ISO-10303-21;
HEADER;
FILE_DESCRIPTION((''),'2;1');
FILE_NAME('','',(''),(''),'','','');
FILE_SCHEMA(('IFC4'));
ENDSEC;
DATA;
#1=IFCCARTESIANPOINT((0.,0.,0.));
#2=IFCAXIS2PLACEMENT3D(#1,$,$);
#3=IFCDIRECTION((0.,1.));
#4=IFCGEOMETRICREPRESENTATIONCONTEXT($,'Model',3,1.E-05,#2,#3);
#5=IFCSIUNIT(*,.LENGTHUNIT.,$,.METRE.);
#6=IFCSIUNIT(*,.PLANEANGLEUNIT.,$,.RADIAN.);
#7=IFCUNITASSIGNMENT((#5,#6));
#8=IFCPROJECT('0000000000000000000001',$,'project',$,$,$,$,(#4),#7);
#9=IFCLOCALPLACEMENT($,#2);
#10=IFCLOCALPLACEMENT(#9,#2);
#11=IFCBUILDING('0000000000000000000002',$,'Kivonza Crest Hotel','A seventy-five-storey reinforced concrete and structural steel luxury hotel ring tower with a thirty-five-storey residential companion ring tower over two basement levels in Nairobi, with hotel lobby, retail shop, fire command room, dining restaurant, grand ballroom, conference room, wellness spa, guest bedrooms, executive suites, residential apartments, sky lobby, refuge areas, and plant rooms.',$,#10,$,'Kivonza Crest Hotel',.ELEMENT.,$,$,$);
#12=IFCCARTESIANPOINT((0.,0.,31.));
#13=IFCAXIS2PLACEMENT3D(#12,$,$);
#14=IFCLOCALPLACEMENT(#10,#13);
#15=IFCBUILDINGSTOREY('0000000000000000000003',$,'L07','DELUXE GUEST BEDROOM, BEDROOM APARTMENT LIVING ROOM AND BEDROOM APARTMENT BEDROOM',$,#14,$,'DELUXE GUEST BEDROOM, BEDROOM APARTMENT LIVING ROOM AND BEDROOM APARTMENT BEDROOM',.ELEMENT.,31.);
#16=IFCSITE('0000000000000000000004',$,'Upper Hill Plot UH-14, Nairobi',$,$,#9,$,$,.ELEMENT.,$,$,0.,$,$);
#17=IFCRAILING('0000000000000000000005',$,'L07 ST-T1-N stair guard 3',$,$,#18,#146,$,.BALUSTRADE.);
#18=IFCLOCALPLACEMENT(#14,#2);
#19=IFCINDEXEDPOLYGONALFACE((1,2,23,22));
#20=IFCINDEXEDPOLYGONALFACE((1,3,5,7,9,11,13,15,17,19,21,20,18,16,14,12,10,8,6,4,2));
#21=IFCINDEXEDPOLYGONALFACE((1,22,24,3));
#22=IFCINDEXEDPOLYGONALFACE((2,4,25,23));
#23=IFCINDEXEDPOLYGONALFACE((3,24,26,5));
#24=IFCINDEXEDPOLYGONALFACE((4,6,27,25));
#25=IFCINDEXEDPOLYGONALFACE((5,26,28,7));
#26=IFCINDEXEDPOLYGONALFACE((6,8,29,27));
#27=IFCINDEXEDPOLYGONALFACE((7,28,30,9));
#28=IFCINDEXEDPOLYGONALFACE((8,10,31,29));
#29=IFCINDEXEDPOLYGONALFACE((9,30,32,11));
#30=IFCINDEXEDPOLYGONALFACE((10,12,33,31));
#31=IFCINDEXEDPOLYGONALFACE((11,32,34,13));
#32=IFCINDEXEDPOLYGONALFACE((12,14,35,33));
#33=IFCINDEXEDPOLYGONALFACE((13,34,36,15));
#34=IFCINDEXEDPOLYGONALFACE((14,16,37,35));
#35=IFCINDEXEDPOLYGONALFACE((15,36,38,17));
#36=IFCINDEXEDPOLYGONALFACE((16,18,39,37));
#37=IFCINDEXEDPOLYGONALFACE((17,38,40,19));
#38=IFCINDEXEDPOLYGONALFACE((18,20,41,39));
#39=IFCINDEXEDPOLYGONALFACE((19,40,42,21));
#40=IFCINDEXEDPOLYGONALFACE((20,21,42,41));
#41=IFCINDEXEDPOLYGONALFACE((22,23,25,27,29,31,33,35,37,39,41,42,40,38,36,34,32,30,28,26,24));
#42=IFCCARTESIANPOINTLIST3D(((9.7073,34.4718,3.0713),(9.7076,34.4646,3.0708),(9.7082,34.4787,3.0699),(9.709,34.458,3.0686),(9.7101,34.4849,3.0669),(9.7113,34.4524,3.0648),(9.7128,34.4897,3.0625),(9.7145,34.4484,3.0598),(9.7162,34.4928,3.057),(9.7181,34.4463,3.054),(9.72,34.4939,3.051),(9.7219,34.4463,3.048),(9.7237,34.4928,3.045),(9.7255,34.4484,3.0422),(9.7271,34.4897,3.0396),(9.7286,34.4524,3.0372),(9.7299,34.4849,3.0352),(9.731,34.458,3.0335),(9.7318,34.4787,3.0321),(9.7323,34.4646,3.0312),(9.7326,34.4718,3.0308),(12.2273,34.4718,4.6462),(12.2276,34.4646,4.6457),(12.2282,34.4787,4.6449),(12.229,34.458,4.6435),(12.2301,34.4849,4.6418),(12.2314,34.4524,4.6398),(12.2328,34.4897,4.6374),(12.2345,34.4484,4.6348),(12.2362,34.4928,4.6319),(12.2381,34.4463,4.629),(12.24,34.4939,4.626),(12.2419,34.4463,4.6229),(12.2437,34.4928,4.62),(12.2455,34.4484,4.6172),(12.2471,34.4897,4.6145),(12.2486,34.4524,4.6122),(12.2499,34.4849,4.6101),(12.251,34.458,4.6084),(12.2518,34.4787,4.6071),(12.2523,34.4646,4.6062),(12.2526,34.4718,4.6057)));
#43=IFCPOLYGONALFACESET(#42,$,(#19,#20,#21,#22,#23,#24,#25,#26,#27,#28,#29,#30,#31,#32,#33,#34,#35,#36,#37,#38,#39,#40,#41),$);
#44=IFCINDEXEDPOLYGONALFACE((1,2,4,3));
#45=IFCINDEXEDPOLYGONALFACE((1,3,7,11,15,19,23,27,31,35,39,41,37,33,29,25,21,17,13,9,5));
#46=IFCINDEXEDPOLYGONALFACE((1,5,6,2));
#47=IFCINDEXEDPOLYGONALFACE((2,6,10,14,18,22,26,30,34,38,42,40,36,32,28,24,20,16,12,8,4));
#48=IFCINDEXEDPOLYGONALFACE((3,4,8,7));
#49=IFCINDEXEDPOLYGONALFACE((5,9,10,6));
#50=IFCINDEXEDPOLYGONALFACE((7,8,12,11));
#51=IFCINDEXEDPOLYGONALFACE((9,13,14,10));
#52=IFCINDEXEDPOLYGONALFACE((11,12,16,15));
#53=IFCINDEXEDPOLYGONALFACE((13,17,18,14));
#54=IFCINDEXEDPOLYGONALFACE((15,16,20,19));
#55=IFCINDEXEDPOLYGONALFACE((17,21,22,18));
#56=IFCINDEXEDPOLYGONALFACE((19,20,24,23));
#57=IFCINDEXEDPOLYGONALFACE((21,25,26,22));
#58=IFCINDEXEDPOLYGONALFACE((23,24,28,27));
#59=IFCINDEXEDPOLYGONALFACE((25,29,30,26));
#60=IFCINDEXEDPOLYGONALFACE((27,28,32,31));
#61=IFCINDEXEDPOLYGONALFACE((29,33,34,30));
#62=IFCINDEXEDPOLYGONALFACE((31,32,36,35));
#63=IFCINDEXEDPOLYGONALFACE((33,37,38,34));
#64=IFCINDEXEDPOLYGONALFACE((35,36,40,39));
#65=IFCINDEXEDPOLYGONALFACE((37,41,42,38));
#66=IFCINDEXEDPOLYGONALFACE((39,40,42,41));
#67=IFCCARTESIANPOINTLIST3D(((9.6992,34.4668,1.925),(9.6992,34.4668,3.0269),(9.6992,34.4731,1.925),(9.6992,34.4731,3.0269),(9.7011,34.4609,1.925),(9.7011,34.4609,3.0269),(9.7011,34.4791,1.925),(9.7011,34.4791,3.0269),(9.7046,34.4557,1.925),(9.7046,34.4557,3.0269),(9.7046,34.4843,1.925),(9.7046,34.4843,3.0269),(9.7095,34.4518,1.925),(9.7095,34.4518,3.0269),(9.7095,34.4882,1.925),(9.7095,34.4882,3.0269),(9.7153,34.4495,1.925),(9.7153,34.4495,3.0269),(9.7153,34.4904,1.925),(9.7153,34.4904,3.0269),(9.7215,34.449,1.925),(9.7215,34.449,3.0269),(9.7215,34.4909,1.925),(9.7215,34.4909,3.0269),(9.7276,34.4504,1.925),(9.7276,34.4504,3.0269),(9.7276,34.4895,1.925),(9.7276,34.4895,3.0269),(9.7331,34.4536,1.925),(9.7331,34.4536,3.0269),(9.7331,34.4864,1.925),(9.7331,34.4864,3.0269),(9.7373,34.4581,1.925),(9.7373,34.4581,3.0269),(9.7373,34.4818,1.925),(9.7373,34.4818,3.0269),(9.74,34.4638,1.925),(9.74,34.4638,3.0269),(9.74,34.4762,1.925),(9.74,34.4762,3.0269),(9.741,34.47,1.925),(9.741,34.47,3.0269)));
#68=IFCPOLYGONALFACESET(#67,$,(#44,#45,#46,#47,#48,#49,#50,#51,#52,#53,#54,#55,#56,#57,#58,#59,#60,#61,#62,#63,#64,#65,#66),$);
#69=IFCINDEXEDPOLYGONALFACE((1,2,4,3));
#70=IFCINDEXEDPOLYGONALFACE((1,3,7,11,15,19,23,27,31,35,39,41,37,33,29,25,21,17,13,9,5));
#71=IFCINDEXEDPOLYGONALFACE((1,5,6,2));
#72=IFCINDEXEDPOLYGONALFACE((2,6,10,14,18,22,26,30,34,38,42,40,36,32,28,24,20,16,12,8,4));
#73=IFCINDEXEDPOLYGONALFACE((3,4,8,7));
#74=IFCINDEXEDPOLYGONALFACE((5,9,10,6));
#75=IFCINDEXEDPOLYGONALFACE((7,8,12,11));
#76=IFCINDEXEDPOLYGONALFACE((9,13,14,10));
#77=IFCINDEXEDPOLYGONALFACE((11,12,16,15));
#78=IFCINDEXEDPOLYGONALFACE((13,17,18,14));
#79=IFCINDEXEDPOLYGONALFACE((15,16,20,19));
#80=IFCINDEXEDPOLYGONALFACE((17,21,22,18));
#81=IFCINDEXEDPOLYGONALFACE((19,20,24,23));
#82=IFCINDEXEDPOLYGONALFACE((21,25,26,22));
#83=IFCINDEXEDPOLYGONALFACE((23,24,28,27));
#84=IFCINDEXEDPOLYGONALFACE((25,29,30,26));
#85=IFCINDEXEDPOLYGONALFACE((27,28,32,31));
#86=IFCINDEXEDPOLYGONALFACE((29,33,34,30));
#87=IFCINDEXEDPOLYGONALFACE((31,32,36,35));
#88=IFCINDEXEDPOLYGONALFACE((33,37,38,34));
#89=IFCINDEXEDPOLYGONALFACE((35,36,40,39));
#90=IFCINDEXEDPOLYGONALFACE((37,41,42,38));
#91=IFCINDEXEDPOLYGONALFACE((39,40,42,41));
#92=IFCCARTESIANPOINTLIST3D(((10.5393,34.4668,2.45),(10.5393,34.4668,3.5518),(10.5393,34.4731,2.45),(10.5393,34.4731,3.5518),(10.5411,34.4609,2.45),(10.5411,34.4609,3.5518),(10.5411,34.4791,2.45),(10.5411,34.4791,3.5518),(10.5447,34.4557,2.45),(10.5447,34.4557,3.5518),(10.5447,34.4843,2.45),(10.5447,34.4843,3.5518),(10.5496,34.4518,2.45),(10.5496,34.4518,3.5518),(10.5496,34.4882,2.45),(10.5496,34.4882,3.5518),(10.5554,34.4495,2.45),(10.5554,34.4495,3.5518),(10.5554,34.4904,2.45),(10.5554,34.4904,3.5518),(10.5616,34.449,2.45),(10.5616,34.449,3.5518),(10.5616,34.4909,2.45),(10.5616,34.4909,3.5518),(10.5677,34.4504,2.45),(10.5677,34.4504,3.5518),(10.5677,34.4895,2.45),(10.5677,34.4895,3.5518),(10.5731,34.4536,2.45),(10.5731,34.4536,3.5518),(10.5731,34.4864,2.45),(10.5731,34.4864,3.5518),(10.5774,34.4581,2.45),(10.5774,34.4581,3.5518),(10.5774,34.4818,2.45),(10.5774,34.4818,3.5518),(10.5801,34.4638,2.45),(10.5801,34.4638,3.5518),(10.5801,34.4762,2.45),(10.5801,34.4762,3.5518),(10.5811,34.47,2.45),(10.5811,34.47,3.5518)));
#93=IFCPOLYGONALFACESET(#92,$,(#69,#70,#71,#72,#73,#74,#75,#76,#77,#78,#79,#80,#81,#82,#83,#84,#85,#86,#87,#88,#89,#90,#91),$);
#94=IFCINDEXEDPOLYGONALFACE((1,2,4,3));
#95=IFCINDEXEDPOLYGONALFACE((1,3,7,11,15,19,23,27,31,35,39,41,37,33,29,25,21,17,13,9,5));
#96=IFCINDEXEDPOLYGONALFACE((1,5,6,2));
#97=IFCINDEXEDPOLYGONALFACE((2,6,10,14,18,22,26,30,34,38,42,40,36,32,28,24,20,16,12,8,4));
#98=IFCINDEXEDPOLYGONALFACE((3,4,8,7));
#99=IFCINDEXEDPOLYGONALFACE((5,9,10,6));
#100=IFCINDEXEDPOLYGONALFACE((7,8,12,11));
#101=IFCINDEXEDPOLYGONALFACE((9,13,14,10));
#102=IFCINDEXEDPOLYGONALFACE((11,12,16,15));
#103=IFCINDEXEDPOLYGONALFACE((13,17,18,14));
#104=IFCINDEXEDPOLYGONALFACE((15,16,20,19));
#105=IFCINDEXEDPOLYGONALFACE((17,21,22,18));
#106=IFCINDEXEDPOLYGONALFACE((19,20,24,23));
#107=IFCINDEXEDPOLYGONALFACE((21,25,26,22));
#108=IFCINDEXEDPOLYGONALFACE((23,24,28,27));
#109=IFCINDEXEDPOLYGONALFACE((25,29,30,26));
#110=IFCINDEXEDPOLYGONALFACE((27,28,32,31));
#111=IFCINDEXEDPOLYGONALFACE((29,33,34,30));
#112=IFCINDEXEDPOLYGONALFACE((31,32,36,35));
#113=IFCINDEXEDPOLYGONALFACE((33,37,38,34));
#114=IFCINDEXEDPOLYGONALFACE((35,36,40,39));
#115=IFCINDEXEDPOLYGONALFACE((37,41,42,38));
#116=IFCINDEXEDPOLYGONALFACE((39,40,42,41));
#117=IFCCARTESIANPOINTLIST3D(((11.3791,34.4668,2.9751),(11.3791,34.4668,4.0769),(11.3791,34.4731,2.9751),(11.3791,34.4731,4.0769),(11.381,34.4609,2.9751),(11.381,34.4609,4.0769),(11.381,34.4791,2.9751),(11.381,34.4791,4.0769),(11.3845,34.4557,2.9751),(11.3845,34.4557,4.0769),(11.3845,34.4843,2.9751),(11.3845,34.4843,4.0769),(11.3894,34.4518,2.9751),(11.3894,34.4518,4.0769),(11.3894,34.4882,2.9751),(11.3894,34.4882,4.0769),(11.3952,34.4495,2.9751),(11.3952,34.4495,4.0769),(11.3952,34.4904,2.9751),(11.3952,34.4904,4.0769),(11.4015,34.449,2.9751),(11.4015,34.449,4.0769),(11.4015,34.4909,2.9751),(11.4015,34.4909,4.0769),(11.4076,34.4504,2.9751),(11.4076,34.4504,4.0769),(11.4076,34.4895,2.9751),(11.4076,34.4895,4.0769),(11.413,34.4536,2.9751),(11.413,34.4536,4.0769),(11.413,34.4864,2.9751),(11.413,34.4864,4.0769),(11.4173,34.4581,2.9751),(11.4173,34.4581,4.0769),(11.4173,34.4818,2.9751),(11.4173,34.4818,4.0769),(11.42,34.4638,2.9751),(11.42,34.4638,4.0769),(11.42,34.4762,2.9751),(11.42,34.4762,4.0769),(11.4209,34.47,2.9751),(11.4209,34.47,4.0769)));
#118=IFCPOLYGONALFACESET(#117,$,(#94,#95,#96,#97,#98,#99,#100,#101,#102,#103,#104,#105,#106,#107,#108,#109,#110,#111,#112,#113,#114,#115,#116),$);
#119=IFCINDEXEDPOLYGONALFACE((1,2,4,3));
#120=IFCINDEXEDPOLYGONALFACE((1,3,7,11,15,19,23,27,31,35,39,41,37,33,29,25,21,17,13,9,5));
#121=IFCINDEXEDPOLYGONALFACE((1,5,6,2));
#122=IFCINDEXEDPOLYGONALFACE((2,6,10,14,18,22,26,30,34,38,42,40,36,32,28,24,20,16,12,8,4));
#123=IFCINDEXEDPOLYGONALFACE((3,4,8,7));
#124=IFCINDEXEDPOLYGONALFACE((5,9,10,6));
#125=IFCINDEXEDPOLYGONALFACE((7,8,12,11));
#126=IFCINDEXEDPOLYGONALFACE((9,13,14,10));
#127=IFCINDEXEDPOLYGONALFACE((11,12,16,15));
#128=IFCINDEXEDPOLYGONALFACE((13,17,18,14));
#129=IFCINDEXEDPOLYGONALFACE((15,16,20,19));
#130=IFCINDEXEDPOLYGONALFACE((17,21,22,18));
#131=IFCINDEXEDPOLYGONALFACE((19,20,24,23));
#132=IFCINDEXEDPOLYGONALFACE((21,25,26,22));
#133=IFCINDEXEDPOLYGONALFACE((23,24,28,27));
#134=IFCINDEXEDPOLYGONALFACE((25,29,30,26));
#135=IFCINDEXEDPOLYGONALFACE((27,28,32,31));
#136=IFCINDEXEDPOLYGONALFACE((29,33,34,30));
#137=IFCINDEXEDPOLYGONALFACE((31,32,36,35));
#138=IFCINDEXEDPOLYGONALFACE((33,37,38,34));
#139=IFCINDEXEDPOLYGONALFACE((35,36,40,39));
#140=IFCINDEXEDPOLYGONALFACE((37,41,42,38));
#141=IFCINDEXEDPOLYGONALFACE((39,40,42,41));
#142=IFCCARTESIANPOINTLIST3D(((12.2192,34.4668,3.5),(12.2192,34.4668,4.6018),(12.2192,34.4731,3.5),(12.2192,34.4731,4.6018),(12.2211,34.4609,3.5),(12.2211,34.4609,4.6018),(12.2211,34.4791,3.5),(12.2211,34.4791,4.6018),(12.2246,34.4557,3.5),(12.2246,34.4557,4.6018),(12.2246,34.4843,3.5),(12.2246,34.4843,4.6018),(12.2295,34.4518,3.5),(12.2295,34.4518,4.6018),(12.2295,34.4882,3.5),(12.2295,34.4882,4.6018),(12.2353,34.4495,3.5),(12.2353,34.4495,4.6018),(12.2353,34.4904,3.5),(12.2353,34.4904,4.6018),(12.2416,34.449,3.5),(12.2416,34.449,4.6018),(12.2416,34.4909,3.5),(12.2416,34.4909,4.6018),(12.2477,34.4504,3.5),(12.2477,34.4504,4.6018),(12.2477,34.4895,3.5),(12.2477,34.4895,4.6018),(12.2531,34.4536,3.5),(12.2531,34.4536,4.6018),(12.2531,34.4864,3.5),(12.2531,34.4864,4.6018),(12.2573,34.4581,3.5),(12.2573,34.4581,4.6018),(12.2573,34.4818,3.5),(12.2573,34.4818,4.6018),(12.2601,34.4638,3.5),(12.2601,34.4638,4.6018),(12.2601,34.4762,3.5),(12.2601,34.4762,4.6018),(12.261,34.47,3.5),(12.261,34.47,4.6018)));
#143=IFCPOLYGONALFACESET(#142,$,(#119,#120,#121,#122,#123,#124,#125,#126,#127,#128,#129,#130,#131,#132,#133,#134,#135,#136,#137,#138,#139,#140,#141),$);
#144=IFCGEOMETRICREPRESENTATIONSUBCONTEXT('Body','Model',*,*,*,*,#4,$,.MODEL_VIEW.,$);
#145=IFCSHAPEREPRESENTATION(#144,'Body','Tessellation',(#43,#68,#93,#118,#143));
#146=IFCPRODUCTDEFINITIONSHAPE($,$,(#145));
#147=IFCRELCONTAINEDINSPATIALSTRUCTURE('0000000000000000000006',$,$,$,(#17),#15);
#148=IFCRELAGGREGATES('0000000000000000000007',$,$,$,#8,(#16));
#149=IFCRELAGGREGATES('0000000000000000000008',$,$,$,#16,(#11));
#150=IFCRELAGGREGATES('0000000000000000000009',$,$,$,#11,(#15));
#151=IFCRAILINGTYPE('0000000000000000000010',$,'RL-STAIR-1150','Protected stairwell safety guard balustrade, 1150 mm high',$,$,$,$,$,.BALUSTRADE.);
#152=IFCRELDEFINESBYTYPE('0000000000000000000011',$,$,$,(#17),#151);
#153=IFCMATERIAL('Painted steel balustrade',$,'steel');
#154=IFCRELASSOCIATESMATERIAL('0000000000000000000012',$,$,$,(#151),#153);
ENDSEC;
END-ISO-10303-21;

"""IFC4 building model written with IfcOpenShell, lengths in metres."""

from ifc_helpers import new_model, si_unit, direction, frame, origin, origin_2d, place, context, subcontext, project, spatial, circle, extrude, material, type_object, element, save


model = new_model("IFC4")

# Units and contexts
model_context = context("Model", 3, precision=1e-05, world=origin(), true_north=direction((0.0, 1.0)))
body_context = subcontext(model_context, "Body", "Model", "MODEL_VIEW")
ifc_project = project(units=[si_unit("LENGTHUNIT", "METRE"), si_unit("PLANEANGLEUNIT", "RADIAN")], contexts=[model_context])

# Site, building, storey
site_placement = place(None, origin())
site = spatial("IfcSite", under=ifc_project, at=site_placement, Name="Upper Hill Plot UH-14, Nairobi", CompositionType="ELEMENT", RefElevation=0.0)
building_placement = place(site_placement, origin())
building = spatial("IfcBuilding", under=site, at=building_placement, Name="Kivonza Crest Hotel", Description="A seventy-five-storey reinforced concrete and structural steel luxury hotel ring tower with a thirty-five-storey residential companion ring tower over two basement levels in Nairobi, with hotel lobby, retail shop, fire command room, dining restaurant, grand ballroom, conference room, wellness spa, guest bedrooms, executive suites, residential apartments, sky lobby, refuge areas, and plant rooms.", LongName="Kivonza Crest Hotel", CompositionType="ELEMENT")
storey_placement = place(building_placement, frame((0.0, 0.0, 31.0)))
storey = spatial("IfcBuildingStorey", under=building, at=storey_placement, Name="L07", Description="DELUXE GUEST BEDROOM, BEDROOM APARTMENT LIVING ROOM AND BEDROOM APARTMENT BEDROOM", LongName="DELUXE GUEST BEDROOM, BEDROOM APARTMENT LIVING ROOM AND BEDROOM APARTMENT BEDROOM", CompositionType="ELEMENT", Elevation=31.0)

# Railing
ifc_material_1 = material(Name="Painted steel balustrade", Category="steel")
railing_type_1 = type_object("IfcRailingType", Name="RL-STAIR-1150", Description="Protected stairwell safety guard balustrade, 1150 mm high", PredefinedType="BALUSTRADE", material=ifc_material_1)
railing_1_placement = place(storey_placement, frame((9.72, 34.47, 1.925)))
element("IfcRailing", 1, at=railing_1_placement, inside=storey, type_object=railing_type_1, Name="L07 ST-T1-N stair guard 3", PredefinedType="BALUSTRADE", context=body_context, shape_type="SweptSolid", body=[
    extrude(circle(Radius=0.0239, at=origin_2d()), frame((0.0, 0.0, 1.126), z_axis=(0.848008, 0.0, 0.529984), x_axis=(0.0, 1.0, 0.0)), (0.0, 0.0, 1.0), 2.9717),
    extrude(circle(Radius=0.021, at=origin_2d()), origin(), (0.0, 0.0, 1.0), 1.1018),
    extrude(circle(Radius=0.021, at=origin_2d()), frame((0.8401, 0.0, 0.5249)), (0.0, 0.0, 1.0), 1.1018),
    extrude(circle(Radius=0.021, at=origin_2d()), frame((1.6799, 0.0, 1.05)), (0.0, 0.0, 1.0), 1.1018),
    extrude(circle(Radius=0.021, at=origin_2d()), frame((2.52, 0.0, 1.575)), (0.0, 0.0, 1.0), 1.1018),
])

save(model, "model.ifc")
